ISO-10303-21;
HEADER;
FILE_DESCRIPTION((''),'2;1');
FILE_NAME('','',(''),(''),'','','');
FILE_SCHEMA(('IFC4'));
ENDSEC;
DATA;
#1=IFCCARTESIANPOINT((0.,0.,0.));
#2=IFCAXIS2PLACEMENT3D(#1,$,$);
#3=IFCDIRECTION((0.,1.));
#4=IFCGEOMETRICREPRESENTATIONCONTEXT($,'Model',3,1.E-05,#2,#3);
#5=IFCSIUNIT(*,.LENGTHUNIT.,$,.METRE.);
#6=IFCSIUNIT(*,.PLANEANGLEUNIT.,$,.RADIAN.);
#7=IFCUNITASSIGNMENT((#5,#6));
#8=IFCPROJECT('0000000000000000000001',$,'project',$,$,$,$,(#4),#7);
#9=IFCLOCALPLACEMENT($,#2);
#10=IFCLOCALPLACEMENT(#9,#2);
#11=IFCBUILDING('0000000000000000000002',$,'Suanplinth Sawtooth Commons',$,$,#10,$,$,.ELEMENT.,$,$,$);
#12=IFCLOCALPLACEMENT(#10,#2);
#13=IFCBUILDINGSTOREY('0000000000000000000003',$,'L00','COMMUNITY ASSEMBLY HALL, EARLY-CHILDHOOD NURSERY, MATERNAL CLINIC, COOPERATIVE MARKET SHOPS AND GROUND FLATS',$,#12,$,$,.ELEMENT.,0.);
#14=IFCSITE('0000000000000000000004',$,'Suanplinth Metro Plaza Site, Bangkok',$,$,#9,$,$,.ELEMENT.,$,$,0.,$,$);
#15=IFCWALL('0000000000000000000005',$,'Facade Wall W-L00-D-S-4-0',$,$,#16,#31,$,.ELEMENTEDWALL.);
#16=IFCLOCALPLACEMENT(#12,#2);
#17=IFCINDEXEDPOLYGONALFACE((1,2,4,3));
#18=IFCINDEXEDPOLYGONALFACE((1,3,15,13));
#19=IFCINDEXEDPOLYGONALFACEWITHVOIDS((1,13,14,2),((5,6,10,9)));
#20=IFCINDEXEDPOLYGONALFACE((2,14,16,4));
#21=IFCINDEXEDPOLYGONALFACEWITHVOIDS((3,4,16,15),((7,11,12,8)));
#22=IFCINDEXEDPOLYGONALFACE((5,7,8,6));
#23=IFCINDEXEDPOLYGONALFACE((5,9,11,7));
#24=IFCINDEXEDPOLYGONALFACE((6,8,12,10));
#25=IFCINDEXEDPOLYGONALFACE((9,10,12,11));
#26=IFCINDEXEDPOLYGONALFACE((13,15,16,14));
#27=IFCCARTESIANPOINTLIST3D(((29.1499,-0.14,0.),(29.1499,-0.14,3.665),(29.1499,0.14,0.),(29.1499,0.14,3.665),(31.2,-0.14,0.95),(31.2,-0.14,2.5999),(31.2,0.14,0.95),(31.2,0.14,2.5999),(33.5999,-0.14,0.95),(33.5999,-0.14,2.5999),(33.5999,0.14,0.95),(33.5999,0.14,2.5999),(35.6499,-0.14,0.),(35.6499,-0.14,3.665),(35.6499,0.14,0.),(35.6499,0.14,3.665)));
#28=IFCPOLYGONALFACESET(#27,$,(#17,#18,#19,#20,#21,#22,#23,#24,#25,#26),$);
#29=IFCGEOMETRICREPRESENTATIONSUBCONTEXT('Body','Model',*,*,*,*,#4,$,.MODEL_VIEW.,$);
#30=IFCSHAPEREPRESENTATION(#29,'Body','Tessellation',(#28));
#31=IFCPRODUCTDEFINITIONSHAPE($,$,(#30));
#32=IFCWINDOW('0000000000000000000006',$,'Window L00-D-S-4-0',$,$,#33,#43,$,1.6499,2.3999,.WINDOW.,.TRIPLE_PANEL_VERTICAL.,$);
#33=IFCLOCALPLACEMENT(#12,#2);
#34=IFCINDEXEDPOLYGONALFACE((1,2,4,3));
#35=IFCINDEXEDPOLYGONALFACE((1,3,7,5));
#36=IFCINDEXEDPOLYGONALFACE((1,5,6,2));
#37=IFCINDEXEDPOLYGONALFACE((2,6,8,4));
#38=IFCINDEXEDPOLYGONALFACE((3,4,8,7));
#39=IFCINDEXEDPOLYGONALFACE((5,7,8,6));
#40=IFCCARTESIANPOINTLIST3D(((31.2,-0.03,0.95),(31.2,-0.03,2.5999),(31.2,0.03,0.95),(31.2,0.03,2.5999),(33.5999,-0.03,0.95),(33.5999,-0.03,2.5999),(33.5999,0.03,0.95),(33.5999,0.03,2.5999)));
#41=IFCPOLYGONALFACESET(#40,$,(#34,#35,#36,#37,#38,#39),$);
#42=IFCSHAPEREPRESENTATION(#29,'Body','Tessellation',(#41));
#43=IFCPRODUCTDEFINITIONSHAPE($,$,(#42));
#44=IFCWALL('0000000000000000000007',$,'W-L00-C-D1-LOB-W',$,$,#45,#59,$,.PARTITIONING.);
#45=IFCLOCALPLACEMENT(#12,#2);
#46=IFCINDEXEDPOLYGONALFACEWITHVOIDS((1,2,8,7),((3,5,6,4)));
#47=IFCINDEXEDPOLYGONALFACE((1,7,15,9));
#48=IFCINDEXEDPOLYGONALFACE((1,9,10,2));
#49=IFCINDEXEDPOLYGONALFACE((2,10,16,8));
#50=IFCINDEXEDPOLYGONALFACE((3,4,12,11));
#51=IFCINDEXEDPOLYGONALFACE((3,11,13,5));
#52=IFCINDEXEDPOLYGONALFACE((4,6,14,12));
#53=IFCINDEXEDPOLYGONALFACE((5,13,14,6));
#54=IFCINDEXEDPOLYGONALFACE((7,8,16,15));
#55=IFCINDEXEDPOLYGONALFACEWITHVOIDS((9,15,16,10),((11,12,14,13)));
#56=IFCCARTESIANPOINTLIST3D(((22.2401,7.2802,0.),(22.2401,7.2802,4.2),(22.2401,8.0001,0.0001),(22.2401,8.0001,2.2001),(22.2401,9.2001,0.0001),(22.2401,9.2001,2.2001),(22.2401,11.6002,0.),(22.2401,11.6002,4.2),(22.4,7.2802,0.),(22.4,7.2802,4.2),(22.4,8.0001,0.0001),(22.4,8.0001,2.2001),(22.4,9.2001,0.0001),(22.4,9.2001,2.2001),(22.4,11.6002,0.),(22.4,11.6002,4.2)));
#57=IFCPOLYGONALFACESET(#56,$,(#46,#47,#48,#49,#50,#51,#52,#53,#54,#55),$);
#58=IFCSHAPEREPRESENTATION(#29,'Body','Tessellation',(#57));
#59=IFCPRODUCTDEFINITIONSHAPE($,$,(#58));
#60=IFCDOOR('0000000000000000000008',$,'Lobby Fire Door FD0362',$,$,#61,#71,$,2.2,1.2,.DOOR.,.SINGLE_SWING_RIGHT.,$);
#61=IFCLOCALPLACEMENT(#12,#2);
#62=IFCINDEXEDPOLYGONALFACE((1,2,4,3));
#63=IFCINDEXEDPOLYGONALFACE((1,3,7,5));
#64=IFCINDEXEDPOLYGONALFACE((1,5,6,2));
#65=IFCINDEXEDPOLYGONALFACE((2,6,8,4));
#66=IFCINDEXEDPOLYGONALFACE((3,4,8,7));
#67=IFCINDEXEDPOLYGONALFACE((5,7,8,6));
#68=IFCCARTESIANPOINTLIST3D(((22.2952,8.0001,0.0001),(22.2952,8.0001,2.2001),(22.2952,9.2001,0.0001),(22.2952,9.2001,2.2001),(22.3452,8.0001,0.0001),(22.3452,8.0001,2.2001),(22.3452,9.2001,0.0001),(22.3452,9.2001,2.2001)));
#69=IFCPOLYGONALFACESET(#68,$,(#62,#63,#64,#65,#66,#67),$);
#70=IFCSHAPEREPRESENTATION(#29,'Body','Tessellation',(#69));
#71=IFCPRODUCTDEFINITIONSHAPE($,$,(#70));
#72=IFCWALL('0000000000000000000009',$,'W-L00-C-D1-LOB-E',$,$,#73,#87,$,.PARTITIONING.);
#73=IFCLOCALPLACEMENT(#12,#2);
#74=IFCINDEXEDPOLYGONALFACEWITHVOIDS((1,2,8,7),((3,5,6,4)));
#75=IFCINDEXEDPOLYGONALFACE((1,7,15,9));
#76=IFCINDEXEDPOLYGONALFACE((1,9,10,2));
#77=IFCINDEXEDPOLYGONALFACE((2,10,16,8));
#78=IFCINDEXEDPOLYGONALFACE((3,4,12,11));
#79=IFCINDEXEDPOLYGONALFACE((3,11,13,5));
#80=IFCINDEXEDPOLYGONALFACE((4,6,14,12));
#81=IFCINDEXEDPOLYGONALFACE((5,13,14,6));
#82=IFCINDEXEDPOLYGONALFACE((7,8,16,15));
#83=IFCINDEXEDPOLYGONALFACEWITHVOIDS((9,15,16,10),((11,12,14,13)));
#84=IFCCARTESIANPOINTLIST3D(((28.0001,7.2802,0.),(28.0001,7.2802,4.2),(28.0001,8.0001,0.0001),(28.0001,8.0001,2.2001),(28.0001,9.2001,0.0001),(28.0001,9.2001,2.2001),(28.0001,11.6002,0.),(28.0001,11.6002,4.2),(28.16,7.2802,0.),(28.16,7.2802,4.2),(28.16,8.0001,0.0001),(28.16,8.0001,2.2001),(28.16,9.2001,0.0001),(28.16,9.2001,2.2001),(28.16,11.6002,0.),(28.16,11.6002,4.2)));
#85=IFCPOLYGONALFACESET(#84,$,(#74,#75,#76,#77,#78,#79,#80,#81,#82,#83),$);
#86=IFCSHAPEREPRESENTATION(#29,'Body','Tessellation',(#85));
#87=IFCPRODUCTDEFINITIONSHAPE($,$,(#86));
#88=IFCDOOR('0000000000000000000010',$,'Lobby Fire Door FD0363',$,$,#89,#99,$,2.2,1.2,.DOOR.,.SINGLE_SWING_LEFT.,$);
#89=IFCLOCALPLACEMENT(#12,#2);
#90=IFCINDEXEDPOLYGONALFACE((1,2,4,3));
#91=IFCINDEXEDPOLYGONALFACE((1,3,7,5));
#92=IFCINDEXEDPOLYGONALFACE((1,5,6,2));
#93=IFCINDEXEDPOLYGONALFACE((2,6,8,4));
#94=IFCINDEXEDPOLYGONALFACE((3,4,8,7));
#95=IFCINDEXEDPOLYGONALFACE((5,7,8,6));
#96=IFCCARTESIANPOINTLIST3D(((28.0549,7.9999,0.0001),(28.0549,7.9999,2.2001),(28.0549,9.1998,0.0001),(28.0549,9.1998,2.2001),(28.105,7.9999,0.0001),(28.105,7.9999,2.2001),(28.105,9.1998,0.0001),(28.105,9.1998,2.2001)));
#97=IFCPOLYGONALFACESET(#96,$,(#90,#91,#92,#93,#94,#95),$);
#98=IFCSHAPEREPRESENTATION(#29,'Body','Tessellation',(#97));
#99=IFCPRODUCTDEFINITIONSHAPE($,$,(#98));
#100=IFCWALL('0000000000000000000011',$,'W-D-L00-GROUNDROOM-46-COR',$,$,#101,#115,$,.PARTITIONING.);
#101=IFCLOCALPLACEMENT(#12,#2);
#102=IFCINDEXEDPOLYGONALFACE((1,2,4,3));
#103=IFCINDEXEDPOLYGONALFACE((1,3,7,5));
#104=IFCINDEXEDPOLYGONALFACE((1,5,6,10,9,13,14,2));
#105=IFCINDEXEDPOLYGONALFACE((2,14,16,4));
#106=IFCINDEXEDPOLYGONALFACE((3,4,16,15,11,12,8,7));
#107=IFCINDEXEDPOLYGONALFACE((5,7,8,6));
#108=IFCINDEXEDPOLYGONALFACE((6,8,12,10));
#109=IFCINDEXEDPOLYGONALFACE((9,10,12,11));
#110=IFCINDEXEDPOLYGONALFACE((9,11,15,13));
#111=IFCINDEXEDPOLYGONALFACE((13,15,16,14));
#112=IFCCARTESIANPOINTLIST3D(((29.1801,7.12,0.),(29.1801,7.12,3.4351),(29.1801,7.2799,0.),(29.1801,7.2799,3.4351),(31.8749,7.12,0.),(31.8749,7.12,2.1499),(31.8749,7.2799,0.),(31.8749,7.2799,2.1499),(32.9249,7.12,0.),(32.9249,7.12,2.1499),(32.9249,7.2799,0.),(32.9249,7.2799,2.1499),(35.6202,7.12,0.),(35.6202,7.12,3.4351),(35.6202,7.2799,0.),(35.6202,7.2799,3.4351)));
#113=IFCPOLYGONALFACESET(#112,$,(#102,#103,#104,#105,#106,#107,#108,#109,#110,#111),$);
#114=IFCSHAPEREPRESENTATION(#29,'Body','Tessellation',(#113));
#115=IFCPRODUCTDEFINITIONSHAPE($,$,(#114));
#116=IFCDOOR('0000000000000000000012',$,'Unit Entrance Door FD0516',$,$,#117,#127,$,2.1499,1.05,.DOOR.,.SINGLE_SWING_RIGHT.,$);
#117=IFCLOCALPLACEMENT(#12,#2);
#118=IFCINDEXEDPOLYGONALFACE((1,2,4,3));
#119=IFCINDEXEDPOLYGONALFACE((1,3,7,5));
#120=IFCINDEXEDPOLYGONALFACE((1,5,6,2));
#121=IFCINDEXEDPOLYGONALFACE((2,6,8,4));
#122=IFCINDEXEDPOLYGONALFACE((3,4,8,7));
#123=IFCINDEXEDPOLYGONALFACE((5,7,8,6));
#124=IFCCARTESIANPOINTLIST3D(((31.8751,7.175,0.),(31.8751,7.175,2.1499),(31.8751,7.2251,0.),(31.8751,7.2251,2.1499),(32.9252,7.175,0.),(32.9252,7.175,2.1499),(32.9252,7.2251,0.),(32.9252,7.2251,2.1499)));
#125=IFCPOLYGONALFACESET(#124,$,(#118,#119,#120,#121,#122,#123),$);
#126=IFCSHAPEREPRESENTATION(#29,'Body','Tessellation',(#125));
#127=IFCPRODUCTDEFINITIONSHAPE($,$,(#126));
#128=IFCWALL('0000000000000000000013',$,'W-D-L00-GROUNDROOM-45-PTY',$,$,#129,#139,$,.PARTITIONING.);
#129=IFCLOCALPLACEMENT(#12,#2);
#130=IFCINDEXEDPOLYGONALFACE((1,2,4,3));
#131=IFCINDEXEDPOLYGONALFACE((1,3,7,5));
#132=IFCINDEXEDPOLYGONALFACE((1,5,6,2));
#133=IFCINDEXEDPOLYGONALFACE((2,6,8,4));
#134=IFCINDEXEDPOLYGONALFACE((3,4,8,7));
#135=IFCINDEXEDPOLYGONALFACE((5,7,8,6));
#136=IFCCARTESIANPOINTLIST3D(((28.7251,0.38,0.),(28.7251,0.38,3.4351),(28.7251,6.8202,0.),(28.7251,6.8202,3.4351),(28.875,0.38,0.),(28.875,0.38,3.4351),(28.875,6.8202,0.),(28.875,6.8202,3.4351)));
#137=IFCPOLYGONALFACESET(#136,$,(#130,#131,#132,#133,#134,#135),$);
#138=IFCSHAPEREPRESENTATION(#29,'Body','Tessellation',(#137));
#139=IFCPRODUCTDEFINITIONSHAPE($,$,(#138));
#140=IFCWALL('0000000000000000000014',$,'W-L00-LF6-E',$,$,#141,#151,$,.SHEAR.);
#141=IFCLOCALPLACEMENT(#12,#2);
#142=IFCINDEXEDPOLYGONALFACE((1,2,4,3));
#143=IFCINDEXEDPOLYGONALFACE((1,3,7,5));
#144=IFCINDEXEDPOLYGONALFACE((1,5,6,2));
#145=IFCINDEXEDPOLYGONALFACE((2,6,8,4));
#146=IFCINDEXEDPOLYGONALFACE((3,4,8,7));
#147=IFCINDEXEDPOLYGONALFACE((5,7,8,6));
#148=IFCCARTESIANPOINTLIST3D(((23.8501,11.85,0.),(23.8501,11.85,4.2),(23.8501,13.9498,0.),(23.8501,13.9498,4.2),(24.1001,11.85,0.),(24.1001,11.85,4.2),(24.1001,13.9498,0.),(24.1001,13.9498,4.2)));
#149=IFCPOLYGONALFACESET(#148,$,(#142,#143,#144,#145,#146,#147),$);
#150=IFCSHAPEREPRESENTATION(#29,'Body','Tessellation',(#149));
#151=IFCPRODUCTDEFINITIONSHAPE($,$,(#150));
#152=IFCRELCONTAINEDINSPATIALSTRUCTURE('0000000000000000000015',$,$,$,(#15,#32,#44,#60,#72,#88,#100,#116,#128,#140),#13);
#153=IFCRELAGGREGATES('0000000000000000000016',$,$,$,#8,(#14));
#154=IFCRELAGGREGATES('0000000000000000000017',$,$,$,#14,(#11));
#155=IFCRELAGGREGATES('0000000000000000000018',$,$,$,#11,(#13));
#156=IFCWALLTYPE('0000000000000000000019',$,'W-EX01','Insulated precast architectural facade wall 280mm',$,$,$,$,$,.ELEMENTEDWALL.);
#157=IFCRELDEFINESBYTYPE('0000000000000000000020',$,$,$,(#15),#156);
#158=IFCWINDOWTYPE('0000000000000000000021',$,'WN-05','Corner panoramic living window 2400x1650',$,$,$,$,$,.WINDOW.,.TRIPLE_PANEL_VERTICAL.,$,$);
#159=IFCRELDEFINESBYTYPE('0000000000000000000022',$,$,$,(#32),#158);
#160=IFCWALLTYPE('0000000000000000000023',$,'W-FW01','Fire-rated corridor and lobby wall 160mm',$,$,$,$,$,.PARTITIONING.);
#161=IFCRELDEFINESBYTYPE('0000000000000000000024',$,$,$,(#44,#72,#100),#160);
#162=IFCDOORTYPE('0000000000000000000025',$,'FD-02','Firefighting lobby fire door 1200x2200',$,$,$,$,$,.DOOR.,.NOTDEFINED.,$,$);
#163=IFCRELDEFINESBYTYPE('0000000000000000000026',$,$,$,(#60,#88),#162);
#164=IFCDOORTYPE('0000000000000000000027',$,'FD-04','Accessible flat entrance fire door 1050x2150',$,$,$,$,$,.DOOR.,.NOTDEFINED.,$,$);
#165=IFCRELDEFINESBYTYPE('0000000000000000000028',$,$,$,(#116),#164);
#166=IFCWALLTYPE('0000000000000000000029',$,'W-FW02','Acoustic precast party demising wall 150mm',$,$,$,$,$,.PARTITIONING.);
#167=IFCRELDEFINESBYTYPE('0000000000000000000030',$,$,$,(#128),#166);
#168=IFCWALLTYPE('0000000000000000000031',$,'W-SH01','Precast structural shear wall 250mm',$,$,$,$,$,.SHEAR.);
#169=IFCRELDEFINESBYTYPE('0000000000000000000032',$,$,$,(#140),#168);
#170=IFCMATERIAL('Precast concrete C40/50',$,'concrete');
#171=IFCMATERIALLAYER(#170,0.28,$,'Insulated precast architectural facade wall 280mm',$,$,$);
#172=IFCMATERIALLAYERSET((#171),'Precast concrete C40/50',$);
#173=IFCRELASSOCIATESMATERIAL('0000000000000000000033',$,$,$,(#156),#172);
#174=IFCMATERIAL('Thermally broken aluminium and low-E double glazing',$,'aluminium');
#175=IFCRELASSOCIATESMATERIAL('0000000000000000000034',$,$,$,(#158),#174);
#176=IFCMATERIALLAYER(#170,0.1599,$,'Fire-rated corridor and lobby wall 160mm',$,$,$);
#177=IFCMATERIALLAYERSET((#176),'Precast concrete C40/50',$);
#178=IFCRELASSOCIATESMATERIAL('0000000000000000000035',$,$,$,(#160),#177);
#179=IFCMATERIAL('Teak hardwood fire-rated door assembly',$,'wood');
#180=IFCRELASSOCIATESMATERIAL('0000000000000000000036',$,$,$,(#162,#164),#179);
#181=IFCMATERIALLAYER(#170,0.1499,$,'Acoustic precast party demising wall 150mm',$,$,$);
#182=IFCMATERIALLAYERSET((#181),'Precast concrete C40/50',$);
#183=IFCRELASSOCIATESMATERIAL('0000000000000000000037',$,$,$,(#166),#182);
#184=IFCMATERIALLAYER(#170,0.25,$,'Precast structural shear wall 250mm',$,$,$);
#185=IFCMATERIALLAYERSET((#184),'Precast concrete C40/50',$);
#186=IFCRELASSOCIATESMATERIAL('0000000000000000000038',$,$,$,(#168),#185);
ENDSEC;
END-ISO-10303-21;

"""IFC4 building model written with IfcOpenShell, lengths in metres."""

from ifc_helpers import new_model, si_unit, direction, frame, frame_2d, origin, place, context, subcontext, project, spatial, rectangle, extrude, material, layer, layer_set, type_object, element, fill, save


model = new_model("IFC4")

# Units and contexts
model_context = context("Model", 3, precision=1e-05, world=origin(), true_north=direction((0.0, 1.0)))
body_context = subcontext(model_context, "Body", "Model", "MODEL_VIEW")
ifc_project = project(units=[si_unit("LENGTHUNIT", "METRE"), si_unit("PLANEANGLEUNIT", "RADIAN")], contexts=[model_context])

# Site, building, storey
site_placement = place(None, origin())
site = spatial("IfcSite", under=ifc_project, at=site_placement, Name="Suanplinth Metro Plaza Site, Bangkok", CompositionType="ELEMENT", RefElevation=0.0)
building_placement = place(site_placement, origin())
building = spatial("IfcBuilding", under=site, at=building_placement, Name="Suanplinth Sawtooth Commons", CompositionType="ELEMENT")
storey_placement = place(building_placement, origin())
storey = spatial("IfcBuildingStorey", under=building, at=storey_placement, Name="L00", Description="COMMUNITY ASSEMBLY HALL, EARLY-CHILDHOOD NURSERY, MATERNAL CLINIC, COOPERATIVE MARKET SHOPS AND GROUND FLATS", CompositionType="ELEMENT", Elevation=0.0)

# Shared definitions
ifc_material_1 = material(Name="Precast concrete C40/50", Category="concrete")

# Shared definitions
ifc_material_2 = material(Name="Teak hardwood fire-rated door assembly", Category="wood")

# Wall, opening, window
ifc_layer_1 = layer(ifc_material_1, 0.28, Name="Insulated precast architectural facade wall 280mm")
ifc_layer_set_1 = layer_set([ifc_layer_1], Name="Precast concrete C40/50")
wall_type_1 = type_object("IfcWallType", Name="W-EX01", Description="Insulated precast architectural facade wall 280mm", PredefinedType="ELEMENTEDWALL", material=ifc_layer_set_1)
wall_1_placement = place(storey_placement, frame((29.1499, 0.0, 0.0), z_axis=(0.0, 0.0, 1.0), x_axis=(1.0, 0.0, 0.0)))
wall_1 = element("IfcWall", 1, at=wall_1_placement, inside=storey, type_object=wall_type_1, Name="Facade Wall W-L00-D-S-4-0", PredefinedType="ELEMENTEDWALL", context=body_context, shape_type="SweptSolid", body=[
    extrude(rectangle(XDim=6.5, YDim=0.28, at=frame_2d((3.25, 0.0))), origin(), (0.0, 0.0, 1.0), 3.665),
])
opening_1_placement = place(wall_1_placement, frame((2.05, 0.0, 0.95)))
opening_1 = element("IfcOpeningElement", 2, at=opening_1_placement, cuts=wall_1, PredefinedType="OPENING", context=body_context, shape_type="SweptSolid", body=[
    extrude(rectangle(XDim=2.3999, YDim=1.6499, at=frame_2d((1.2, 0.825))), frame((0.0, 0.1548, 0.0), z_axis=(0.0, -1.0, 0.0), x_axis=(1.0, 0.0, 0.0)), (0.0, 0.0, 1.0), 0.3098),
])
ifc_material_3 = material(Name="Thermally broken aluminium and low-E double glazing", Category="aluminium")
window_type = type_object("IfcWindowType", Name="WN-05", Description="Corner panoramic living window 2400x1650", PartitioningType="TRIPLE_PANEL_VERTICAL", PredefinedType="WINDOW", material=ifc_material_3)
window_placement = place(opening_1_placement, origin())
window = element("IfcWindow", 3, at=window_placement, inside=storey, type_object=window_type, Name="Window L00-D-S-4-0", OverallHeight=1.6499, OverallWidth=2.3999, PartitioningType="TRIPLE_PANEL_VERTICAL", PredefinedType="WINDOW", context=body_context, shape_type="SweptSolid", body=[
    extrude(rectangle(XDim=2.3999, YDim=1.6499, at=frame_2d((1.2, 0.825))), frame((0.0, 0.03, 0.0), z_axis=(0.0, -1.0, 0.0), x_axis=(1.0, 0.0, 0.0)), (0.0, 0.0, 1.0), 0.0601),
])
fill(opening_1, window)

# Walls, openings, doors
ifc_layer_2 = layer(ifc_material_1, 0.1599, Name="Fire-rated corridor and lobby wall 160mm")
ifc_layer_set_2 = layer_set([ifc_layer_2], Name="Precast concrete C40/50")
wall_type_2 = type_object("IfcWallType", Name="W-FW01", Description="Fire-rated corridor and lobby wall 160mm", PredefinedType="PARTITIONING", material=ifc_layer_set_2)
wall_2_placement = place(storey_placement, frame((22.3201, 7.28, 0.0), z_axis=(0.0, 0.0, 1.0), x_axis=(0.0, 1.0, 0.0)))
wall_2 = element("IfcWall", 4, at=wall_2_placement, inside=storey, type_object=wall_type_2, Name="W-L00-C-D1-LOB-W", PredefinedType="PARTITIONING", context=body_context, shape_type="SweptSolid", body=[
    extrude(rectangle(XDim=4.3201, YDim=0.1599, at=frame_2d((2.1602, 0.0))), origin(), (0.0, 0.0, 1.0), 4.2),
])
opening_2_placement = place(wall_2_placement, frame((0.72, 0.0, 0.0)))
opening_2 = element("IfcOpeningElement", 5, at=opening_2_placement, cuts=wall_2, PredefinedType="OPENING", context=body_context, shape_type="SweptSolid", body=[
    extrude(rectangle(XDim=1.2, YDim=2.2, at=frame_2d((0.6001, 1.1001))), frame((0.0, 0.0947, 0.0), z_axis=(0.0, -1.0, 0.0), x_axis=(1.0, 0.0, 0.0)), (0.0, 0.0, 1.0), 0.1897),
])
door_type_1 = type_object("IfcDoorType", Name="FD-02", Description="Firefighting lobby fire door 1200x2200", OperationType="NOTDEFINED", PredefinedType="DOOR", material=ifc_material_2)
door_1_placement = place(opening_2_placement, origin())
door_1 = element("IfcDoor", 6, at=door_1_placement, inside=storey, type_object=door_type_1, Name="Lobby Fire Door FD0362", OperationType="SINGLE_SWING_RIGHT", OverallHeight=2.2, OverallWidth=1.2, PredefinedType="DOOR", context=body_context, shape_type="SweptSolid", body=[
    extrude(rectangle(XDim=1.2, YDim=2.2, at=frame_2d((0.6001, 1.1001))), frame((0.0, 0.0249, 0.0), z_axis=(0.0, -1.0, 0.0), x_axis=(1.0, 0.0, 0.0)), (0.0, 0.0, 1.0), 0.05),
])
fill(opening_2, door_1)
wall_3_placement = place(storey_placement, frame((28.0801, 7.28, 0.0), z_axis=(0.0, 0.0, 1.0), x_axis=(0.0, 1.0, 0.0)))
wall_3 = element("IfcWall", 7, at=wall_3_placement, inside=storey, type_object=wall_type_2, Name="W-L00-C-D1-LOB-E", PredefinedType="PARTITIONING", context=body_context, shape_type="SweptSolid", body=[
    extrude(rectangle(XDim=4.3201, YDim=0.1599, at=frame_2d((2.1602, 0.0))), origin(), (0.0, 0.0, 1.0), 4.2),
])
opening_3_placement = place(wall_3_placement, frame((0.72, 0.0, 0.0)))
opening_3 = element("IfcOpeningElement", 8, at=opening_3_placement, cuts=wall_3, PredefinedType="OPENING", context=body_context, shape_type="SweptSolid", body=[
    extrude(rectangle(XDim=1.2, YDim=2.2, at=frame_2d((0.6001, 1.1001))), frame((0.0, 0.0947, 0.0), z_axis=(0.0, -1.0, 0.0), x_axis=(1.0, 0.0, 0.0)), (0.0, 0.0, 1.0), 0.1897),
])
door_2_placement = place(opening_3_placement, frame((1.2, 0.0, 0.0), z_axis=(0.0, 0.0, 1.0), x_axis=(-1.0, 0.0, 0.0)))
door_2 = element("IfcDoor", 9, at=door_2_placement, inside=storey, type_object=door_type_1, Name="Lobby Fire Door FD0363", OperationType="SINGLE_SWING_LEFT", OverallHeight=2.2, OverallWidth=1.2, PredefinedType="DOOR", context=body_context, shape_type="SweptSolid", body=[
    extrude(rectangle(XDim=1.2, YDim=2.2, at=frame_2d((0.6001, 1.1001))), frame((0.0, 0.0249, 0.0), z_axis=(0.0, -1.0, 0.0), x_axis=(1.0, 0.0, 0.0)), (0.0, 0.0, 1.0), 0.05),
])
fill(opening_3, door_2)
wall_4_placement = place(storey_placement, frame((29.1799, 7.2, 0.0), z_axis=(0.0, 0.0, 1.0), x_axis=(1.0, 0.0, 0.0)))
wall_4 = element("IfcWall", 10, at=wall_4_placement, inside=storey, type_object=wall_type_2, Name="W-D-L00-GROUNDROOM-46-COR", PredefinedType="PARTITIONING", context=body_context, shape_type="SweptSolid", body=[
    extrude(rectangle(XDim=6.4402, YDim=0.1599, at=frame_2d((3.2202, 0.0))), origin(), (0.0, 0.0, 1.0), 3.4351),
])
opening_4_placement = place(wall_4_placement, frame((2.6951, 0.0, 0.0)))
opening_4 = element("IfcOpeningElement", 11, at=opening_4_placement, cuts=wall_4, PredefinedType="OPENING", context=body_context, shape_type="SweptSolid", body=[
    extrude(rectangle(XDim=1.05, YDim=2.1499, at=frame_2d((0.5249, 1.075))), frame((0.0, 0.0947, 0.0), z_axis=(0.0, -1.0, 0.0), x_axis=(1.0, 0.0, 0.0)), (0.0, 0.0, 1.0), 0.1897),
])
door_type_2 = type_object("IfcDoorType", Name="FD-04", Description="Accessible flat entrance fire door 1050x2150", OperationType="NOTDEFINED", PredefinedType="DOOR", material=ifc_material_2)
door_3_placement = place(opening_4_placement, frame((1.05, 0.0, 0.0), z_axis=(0.0, 0.0, 1.0), x_axis=(-1.0, 0.0, 0.0)))
door_3 = element("IfcDoor", 12, at=door_3_placement, inside=storey, type_object=door_type_2, Name="Unit Entrance Door FD0516", OperationType="SINGLE_SWING_RIGHT", OverallHeight=2.1499, OverallWidth=1.05, PredefinedType="DOOR", context=body_context, shape_type="SweptSolid", body=[
    extrude(rectangle(XDim=1.05, YDim=2.1499, at=frame_2d((0.5249, 1.075))), frame((0.0, 0.0249, 0.0), z_axis=(0.0, -1.0, 0.0), x_axis=(1.0, 0.0, 0.0)), (0.0, 0.0, 1.0), 0.05),
])
fill(opening_4, door_3)

# Walls
ifc_layer_3 = layer(ifc_material_1, 0.1499, Name="Acoustic precast party demising wall 150mm")
ifc_layer_set_3 = layer_set([ifc_layer_3], Name="Precast concrete C40/50")
wall_type_3 = type_object("IfcWallType", Name="W-FW02", Description="Acoustic precast party demising wall 150mm", PredefinedType="PARTITIONING", material=ifc_layer_set_3)
wall_5_placement = place(storey_placement, frame((28.8, 0.3799, 0.0), z_axis=(0.0, 0.0, 1.0), x_axis=(0.0, 1.0, 0.0)))
element("IfcWall", 13, at=wall_5_placement, inside=storey, type_object=wall_type_3, Name="W-D-L00-GROUNDROOM-45-PTY", PredefinedType="PARTITIONING", context=body_context, shape_type="SweptSolid", body=[
    extrude(rectangle(XDim=6.4402, YDim=0.1499, at=frame_2d((3.2202, 0.0))), origin(), (0.0, 0.0, 1.0), 3.4351),
])
ifc_layer_4 = layer(ifc_material_1, 0.25, Name="Precast structural shear wall 250mm")
ifc_layer_set_4 = layer_set([ifc_layer_4], Name="Precast concrete C40/50")
wall_type_4 = type_object("IfcWallType", Name="W-SH01", Description="Precast structural shear wall 250mm", PredefinedType="SHEAR", material=ifc_layer_set_4)
wall_6_placement = place(storey_placement, frame((23.9751, 11.8501, 0.0), z_axis=(0.0, 0.0, 1.0), x_axis=(0.0, 1.0, 0.0)))
element("IfcWall", 14, at=wall_6_placement, inside=storey, type_object=wall_type_4, Name="W-L00-LF6-E", PredefinedType="SHEAR", context=body_context, shape_type="SweptSolid", body=[
    extrude(rectangle(XDim=2.0999, YDim=0.25, at=frame_2d((1.0498, 0.0))), origin(), (0.0, 0.0, 1.0), 4.2),
])

save(model, "model.ifc")
